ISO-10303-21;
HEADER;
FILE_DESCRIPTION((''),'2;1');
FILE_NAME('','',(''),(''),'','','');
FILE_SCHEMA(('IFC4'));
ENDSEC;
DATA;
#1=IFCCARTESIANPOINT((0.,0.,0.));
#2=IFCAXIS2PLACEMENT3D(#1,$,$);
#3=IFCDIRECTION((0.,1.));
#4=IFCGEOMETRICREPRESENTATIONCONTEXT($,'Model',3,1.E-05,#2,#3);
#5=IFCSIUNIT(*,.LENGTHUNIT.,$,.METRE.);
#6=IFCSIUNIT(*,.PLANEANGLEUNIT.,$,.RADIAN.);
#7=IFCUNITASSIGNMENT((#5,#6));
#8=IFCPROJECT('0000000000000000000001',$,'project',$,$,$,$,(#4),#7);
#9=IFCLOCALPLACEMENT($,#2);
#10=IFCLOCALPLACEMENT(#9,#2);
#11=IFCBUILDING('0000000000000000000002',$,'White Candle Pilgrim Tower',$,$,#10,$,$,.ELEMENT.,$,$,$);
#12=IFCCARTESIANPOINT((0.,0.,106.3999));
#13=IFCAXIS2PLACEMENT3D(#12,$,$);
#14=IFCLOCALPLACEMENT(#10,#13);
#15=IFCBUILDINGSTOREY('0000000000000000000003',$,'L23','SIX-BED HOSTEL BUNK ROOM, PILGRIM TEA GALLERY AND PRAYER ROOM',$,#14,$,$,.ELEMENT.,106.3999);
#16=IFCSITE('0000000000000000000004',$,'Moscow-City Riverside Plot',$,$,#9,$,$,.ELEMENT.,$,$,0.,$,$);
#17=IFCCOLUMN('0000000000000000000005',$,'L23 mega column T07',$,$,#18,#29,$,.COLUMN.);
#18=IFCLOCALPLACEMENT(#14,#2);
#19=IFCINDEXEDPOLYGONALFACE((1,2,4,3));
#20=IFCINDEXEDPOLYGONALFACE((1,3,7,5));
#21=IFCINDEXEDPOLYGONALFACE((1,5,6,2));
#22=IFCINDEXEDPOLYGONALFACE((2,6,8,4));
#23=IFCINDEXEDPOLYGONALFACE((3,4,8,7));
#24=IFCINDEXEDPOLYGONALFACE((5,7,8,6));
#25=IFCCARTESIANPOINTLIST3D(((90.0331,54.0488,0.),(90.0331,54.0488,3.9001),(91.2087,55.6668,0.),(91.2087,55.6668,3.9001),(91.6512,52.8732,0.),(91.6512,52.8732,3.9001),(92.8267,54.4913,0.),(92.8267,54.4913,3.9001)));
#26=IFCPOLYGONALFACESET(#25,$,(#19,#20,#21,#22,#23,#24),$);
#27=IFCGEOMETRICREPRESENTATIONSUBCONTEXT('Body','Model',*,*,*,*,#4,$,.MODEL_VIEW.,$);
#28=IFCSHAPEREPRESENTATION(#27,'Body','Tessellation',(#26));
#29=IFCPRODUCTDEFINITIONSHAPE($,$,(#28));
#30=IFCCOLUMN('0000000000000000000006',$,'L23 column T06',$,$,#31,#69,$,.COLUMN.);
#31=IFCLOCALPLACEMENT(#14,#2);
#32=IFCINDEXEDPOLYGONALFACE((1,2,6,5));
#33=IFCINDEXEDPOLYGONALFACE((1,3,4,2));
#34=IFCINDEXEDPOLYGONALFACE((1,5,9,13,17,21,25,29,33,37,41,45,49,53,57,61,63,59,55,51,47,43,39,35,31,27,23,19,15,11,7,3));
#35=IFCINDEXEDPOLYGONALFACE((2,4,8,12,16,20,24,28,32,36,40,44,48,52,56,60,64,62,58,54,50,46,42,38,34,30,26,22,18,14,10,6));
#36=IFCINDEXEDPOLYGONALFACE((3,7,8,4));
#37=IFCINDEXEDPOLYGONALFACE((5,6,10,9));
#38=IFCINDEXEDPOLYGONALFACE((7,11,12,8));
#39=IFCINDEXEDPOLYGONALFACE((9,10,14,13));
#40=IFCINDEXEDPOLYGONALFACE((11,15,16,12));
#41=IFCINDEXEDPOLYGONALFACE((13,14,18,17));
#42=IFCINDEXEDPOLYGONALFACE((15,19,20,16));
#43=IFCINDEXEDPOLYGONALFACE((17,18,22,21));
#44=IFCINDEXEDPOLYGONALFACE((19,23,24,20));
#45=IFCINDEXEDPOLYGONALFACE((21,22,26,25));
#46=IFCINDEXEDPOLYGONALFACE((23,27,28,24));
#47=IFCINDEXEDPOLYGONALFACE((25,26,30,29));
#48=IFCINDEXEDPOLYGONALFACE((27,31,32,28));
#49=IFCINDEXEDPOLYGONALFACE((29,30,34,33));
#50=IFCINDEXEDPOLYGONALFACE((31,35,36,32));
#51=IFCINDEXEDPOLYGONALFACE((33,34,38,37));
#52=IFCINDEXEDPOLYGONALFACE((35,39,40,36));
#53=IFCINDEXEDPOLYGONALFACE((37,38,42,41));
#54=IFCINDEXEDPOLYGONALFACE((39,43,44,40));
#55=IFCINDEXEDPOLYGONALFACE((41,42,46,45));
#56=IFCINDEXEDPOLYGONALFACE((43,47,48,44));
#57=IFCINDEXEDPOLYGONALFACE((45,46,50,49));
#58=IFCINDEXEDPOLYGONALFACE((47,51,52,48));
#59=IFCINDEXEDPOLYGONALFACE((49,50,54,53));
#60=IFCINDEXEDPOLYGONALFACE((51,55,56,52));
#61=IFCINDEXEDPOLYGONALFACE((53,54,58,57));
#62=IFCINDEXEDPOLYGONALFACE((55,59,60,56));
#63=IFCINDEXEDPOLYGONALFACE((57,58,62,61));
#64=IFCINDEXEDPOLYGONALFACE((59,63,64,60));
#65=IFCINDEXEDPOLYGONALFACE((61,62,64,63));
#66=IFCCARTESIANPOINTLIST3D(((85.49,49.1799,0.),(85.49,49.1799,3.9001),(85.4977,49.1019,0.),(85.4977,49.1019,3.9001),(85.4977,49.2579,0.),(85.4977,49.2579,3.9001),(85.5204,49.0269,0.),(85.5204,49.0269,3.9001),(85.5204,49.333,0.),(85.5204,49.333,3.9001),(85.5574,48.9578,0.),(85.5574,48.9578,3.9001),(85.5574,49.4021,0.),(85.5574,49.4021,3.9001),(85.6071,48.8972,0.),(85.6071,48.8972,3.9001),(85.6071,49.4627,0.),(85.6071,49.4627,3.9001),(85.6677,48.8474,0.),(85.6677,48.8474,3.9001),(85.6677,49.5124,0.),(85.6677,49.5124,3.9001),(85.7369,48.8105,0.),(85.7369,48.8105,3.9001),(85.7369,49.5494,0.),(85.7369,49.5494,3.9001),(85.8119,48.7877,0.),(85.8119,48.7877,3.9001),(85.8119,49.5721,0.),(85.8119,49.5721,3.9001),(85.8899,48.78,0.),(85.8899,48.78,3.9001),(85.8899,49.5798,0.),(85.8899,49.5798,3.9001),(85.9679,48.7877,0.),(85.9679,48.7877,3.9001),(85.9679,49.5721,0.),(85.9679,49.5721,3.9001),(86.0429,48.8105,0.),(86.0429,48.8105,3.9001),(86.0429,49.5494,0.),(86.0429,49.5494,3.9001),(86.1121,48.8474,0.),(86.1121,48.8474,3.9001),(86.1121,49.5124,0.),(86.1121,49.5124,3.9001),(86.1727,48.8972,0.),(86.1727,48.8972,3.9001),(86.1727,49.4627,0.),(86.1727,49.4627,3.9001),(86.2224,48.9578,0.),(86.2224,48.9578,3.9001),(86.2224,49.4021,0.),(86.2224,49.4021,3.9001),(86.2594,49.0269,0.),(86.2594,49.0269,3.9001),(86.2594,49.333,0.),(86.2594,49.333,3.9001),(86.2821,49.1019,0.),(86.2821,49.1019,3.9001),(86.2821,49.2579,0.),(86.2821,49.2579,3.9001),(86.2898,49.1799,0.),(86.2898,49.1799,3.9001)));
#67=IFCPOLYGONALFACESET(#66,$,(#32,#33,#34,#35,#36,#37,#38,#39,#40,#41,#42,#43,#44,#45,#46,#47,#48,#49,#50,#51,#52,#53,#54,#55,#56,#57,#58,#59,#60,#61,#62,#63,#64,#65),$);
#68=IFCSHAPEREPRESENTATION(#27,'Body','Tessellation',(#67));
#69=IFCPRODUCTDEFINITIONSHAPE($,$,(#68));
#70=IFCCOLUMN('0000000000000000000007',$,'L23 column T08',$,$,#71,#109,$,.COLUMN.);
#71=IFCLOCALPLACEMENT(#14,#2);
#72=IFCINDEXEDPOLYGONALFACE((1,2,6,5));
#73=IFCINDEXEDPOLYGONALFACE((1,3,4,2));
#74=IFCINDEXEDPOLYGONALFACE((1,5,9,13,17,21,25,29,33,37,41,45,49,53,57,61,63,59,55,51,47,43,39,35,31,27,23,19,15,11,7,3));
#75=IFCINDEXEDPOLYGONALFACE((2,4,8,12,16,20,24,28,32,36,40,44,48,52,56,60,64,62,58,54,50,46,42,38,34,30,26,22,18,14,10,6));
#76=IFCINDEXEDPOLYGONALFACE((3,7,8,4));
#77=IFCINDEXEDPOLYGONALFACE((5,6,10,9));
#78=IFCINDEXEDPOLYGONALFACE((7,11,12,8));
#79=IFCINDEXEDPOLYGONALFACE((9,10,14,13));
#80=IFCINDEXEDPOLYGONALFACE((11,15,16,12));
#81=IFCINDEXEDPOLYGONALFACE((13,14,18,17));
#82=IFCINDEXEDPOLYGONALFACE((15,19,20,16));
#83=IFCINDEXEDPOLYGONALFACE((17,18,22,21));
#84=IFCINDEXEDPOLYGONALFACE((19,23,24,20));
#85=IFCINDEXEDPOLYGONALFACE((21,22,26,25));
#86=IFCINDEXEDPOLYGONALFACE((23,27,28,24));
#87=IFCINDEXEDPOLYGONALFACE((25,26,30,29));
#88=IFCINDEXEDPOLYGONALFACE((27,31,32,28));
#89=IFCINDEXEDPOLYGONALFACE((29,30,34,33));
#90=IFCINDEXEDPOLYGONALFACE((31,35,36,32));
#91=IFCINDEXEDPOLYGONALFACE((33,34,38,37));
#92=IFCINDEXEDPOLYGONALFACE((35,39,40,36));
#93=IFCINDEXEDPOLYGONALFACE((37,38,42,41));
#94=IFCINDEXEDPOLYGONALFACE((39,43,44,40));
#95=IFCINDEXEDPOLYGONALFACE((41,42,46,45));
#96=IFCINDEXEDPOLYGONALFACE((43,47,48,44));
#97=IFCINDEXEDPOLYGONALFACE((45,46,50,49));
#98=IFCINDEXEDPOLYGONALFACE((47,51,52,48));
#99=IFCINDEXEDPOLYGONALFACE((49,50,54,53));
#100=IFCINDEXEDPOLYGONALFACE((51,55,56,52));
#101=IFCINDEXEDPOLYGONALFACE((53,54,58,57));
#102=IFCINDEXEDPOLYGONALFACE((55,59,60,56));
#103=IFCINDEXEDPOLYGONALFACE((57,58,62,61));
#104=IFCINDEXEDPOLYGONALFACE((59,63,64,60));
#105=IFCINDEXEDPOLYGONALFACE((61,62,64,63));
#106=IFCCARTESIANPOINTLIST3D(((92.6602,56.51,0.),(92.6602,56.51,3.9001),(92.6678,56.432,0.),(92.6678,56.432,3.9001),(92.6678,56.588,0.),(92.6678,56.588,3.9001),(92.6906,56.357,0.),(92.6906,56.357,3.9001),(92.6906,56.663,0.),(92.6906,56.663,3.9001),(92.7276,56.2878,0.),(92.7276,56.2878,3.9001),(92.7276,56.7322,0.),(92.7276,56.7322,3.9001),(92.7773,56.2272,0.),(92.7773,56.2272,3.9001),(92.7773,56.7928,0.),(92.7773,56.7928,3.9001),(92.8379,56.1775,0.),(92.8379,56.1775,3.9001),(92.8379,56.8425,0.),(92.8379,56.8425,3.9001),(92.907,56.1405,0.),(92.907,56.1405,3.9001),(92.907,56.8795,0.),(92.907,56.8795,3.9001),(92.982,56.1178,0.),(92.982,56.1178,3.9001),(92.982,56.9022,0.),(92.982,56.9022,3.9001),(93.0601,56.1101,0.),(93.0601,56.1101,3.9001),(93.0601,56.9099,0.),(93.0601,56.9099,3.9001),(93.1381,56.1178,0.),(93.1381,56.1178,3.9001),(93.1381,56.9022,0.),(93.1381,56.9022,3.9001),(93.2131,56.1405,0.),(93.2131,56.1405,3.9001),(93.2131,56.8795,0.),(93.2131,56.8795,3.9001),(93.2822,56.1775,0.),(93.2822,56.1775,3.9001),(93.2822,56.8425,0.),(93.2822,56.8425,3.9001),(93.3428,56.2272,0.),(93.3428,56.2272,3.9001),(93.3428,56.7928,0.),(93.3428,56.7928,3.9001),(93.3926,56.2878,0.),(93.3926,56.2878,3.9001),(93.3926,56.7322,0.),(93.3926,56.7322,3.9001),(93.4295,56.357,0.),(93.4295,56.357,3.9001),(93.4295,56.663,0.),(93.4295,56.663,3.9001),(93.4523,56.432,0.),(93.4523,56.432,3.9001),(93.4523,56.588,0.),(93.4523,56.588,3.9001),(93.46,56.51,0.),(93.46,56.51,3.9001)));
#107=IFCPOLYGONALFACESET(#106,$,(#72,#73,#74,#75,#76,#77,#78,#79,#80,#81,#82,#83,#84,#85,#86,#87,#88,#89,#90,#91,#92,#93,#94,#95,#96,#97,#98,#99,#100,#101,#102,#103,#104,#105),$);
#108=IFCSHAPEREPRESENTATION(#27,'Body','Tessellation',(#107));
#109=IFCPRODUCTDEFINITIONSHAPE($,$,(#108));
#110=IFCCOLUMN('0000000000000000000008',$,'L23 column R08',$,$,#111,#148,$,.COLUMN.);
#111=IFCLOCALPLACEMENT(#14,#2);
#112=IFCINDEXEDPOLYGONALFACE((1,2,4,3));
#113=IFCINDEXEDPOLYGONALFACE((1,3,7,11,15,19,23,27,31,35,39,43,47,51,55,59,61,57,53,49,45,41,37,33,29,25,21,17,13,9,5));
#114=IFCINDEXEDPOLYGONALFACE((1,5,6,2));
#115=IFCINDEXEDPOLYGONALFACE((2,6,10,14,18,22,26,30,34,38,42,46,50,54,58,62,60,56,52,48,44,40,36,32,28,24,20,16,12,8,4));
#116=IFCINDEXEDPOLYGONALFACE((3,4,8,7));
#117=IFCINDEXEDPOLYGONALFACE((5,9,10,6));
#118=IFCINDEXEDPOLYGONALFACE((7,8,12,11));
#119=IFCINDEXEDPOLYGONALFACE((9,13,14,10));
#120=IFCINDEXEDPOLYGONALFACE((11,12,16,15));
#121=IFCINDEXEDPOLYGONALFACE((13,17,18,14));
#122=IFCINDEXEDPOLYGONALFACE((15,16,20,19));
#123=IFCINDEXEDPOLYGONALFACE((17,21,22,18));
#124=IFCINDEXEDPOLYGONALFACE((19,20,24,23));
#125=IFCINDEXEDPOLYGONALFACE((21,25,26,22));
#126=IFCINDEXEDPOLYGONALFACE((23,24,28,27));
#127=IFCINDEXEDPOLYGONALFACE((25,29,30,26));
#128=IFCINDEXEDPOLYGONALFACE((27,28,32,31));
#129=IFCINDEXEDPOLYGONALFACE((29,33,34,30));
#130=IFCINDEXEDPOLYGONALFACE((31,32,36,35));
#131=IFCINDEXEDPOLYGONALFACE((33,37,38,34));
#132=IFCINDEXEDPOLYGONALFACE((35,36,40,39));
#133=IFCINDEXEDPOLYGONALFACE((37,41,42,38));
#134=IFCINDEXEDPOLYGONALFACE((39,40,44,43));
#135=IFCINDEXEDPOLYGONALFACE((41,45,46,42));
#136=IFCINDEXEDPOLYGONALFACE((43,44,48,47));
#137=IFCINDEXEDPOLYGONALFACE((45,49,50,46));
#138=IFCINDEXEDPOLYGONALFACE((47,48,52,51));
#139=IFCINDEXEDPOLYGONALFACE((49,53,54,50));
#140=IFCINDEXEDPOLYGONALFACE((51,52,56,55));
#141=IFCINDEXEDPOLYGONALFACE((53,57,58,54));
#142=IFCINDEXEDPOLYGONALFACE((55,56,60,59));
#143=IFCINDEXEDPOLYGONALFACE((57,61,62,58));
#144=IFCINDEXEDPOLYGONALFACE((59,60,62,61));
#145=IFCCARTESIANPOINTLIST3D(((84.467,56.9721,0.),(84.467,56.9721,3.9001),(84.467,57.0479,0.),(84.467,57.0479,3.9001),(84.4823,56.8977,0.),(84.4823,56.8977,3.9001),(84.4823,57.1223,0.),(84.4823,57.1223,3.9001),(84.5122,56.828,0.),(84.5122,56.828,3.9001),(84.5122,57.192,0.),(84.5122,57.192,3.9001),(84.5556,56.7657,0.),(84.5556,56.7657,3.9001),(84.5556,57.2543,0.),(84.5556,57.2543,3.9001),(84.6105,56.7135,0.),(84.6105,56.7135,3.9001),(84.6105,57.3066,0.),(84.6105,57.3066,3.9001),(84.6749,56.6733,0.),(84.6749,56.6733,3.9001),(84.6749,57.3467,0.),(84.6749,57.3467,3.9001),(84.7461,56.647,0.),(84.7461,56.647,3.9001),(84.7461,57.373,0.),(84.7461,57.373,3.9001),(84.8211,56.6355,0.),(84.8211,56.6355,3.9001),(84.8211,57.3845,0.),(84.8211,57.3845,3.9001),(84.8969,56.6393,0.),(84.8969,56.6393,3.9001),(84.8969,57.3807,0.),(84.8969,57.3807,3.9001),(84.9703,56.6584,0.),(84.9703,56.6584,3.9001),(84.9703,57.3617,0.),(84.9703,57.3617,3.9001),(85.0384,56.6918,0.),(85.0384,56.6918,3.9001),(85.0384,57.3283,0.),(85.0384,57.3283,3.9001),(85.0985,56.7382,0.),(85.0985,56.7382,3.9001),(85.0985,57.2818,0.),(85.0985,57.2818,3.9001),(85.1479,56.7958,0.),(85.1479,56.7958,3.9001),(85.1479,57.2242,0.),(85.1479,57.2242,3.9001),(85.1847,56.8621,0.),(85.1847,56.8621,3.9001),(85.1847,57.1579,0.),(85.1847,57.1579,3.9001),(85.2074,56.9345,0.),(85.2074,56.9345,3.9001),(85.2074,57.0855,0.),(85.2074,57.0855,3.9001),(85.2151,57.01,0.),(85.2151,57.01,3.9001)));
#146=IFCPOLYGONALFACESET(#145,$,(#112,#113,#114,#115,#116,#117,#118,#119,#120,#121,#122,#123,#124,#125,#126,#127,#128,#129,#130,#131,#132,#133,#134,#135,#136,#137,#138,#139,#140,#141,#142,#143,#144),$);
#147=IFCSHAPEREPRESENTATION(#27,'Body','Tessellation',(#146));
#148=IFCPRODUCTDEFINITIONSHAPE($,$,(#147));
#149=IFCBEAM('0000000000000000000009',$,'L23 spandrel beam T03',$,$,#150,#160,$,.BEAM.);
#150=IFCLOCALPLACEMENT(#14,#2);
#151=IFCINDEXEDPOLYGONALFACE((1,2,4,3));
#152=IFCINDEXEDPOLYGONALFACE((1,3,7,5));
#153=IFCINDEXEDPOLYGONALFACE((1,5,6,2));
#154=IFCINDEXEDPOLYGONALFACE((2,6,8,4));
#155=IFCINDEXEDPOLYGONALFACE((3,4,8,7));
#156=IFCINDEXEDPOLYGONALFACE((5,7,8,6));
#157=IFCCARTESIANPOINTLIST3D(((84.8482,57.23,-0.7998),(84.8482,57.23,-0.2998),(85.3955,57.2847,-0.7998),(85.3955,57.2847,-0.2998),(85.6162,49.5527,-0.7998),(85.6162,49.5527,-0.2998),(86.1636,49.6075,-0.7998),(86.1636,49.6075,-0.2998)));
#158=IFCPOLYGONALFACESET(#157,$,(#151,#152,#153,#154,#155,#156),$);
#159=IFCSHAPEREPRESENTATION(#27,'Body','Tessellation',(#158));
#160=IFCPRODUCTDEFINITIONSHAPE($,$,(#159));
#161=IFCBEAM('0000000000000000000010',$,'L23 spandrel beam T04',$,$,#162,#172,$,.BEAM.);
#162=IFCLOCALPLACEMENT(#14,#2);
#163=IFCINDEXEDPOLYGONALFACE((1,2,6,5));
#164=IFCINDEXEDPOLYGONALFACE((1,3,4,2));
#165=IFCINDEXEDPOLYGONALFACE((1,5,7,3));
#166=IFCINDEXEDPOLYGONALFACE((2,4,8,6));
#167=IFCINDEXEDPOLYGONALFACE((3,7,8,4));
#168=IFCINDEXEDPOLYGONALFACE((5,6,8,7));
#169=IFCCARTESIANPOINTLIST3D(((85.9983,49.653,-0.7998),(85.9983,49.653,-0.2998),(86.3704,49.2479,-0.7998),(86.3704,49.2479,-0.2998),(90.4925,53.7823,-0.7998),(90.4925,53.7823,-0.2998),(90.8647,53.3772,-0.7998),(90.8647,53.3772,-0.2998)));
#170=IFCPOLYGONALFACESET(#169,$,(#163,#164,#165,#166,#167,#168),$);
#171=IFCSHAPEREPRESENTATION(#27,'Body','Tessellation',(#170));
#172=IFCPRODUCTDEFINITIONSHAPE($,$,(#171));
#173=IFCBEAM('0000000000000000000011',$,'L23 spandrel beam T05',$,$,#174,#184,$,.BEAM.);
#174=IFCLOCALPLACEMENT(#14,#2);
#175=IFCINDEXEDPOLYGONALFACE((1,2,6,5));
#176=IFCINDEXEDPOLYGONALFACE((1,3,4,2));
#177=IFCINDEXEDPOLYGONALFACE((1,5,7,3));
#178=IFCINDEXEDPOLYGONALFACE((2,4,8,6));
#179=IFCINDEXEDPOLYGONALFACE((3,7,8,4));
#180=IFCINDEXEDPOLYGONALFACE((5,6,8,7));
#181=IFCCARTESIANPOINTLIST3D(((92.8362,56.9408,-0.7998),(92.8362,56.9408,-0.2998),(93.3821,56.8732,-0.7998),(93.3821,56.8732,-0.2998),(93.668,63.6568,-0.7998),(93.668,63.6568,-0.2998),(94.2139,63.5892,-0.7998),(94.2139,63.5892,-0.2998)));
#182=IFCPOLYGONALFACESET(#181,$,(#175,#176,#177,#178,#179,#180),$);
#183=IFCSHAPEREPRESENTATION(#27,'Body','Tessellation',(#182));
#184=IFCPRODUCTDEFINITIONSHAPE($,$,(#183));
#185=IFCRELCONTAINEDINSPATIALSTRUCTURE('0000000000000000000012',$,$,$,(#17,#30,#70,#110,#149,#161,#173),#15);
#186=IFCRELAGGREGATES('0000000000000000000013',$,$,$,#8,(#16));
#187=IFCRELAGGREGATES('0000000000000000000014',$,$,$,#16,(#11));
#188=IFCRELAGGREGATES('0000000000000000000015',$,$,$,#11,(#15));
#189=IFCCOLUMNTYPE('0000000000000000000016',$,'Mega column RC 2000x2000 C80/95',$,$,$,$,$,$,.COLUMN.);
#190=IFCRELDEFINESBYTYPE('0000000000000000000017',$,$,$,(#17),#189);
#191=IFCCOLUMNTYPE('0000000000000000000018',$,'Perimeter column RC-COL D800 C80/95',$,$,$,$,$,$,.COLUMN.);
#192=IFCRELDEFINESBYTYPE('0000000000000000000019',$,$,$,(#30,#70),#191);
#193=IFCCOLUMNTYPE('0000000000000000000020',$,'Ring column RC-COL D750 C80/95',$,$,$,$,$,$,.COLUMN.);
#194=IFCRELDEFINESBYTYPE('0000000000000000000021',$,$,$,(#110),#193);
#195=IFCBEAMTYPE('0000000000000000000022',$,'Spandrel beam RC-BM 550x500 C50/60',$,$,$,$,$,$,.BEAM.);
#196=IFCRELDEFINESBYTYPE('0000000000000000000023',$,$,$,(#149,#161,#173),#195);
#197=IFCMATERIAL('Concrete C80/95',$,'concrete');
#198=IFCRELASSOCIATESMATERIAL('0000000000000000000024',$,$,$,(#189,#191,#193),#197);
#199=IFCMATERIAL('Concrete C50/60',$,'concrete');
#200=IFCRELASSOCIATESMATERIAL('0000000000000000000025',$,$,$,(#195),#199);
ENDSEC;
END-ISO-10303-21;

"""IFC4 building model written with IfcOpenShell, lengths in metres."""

from ifc_helpers import new_model, si_unit, direction, frame, origin, origin_2d, place, context, subcontext, project, spatial, rectangle, circle, extrude, material, material_profile, profile_set, type_object, element, save


model = new_model("IFC4")

# Units and contexts
model_context = context("Model", 3, precision=1e-05, world=origin(), true_north=direction((0.0, 1.0)))
body_context = subcontext(model_context, "Body", "Model", "MODEL_VIEW")
ifc_project = project(units=[si_unit("LENGTHUNIT", "METRE"), si_unit("PLANEANGLEUNIT", "RADIAN")], contexts=[model_context])

# Site, building, storey
site_placement = place(None, origin())
site = spatial("IfcSite", under=ifc_project, at=site_placement, Name="Moscow-City Riverside Plot", CompositionType="ELEMENT", RefElevation=0.0)
building_placement = place(site_placement, origin())
building = spatial("IfcBuilding", under=site, at=building_placement, Name="White Candle Pilgrim Tower", CompositionType="ELEMENT")
storey_placement = place(building_placement, frame((0.0, 0.0, 106.3999)))
storey = spatial("IfcBuildingStorey", under=building, at=storey_placement, Name="L23", Description="SIX-BED HOSTEL BUNK ROOM, PILGRIM TEA GALLERY AND PRAYER ROOM", CompositionType="ELEMENT", Elevation=106.3999)

# Columns
ifc_material_1 = material(Name="Concrete C80/95", Category="concrete")
ifc_material_profile_1 = material_profile(ifc_material_1, rectangle(XDim=2.0, YDim=2.0, at=origin_2d()), Name="RC 2000x2000")
ifc_profile_set_1 = profile_set([ifc_material_profile_1], Name="Concrete C80/95")
column_type_1 = type_object("IfcColumnType", Name="Mega column RC 2000x2000 C80/95", PredefinedType="COLUMN", material=ifc_profile_set_1)
column_1_placement = place(storey_placement, frame((91.4299, 54.27, 0.0), z_axis=(0.0, 0.0, 1.0), x_axis=(0.809017, -0.587785, 0.0)))
element("IfcColumn", 1, at=column_1_placement, inside=storey, type_object=column_type_1, Name="L23 mega column T07", PredefinedType="COLUMN", context=body_context, shape_type="SweptSolid", body=[
    extrude(rectangle(XDim=2.0, YDim=2.0, at=origin_2d()), origin(), (0.0, 0.0, 1.0), 3.9001),
])
ifc_material_profile_2 = material_profile(ifc_material_1, circle(Radius=0.3999, at=origin_2d()), Name="RC-COL D800")
ifc_profile_set_2 = profile_set([ifc_material_profile_2], Name="Concrete C80/95")
column_type_2 = type_object("IfcColumnType", Name="Perimeter column RC-COL D800 C80/95", PredefinedType="COLUMN", material=ifc_profile_set_2)
for number, where, z_axis, x_axis, name in (
    (2, (85.8899, 49.1799, 0.0), (0.0, 0.0, 1.0), (1.0, 0.0, 0.0), "L23 column T06"),
    (3, (93.0601, 56.51, 0.0), (0.0, 0.0, 1.0), (1.0, 0.0, 0.0), "L23 column T08"),
):
    element("IfcColumn", number, at=place(storey_placement, frame(where, z_axis=z_axis, x_axis=x_axis)), inside=storey, type_object=column_type_2, Name=name, PredefinedType="COLUMN", context=body_context, shape_type="SweptSolid", body=[
        extrude(circle(Radius=0.3999, at=origin_2d()), origin(), (0.0, 0.0, 1.0), 3.9001),
    ])
ifc_material_profile_3 = material_profile(ifc_material_1, circle(Radius=0.375, at=origin_2d()), Name="RC-COL D750")
ifc_profile_set_3 = profile_set([ifc_material_profile_3], Name="Concrete C80/95")
column_type_3 = type_object("IfcColumnType", Name="Ring column RC-COL D750 C80/95", PredefinedType="COLUMN", material=ifc_profile_set_3)
column_2_placement = place(storey_placement, frame((84.8401, 57.01, 0.0), z_axis=(0.0, 0.0, 1.0), x_axis=(1.0, 0.0, 0.0)))
element("IfcColumn", 4, at=column_2_placement, inside=storey, type_object=column_type_3, Name="L23 column R08", PredefinedType="COLUMN", context=body_context, shape_type="SweptSolid", body=[
    extrude(circle(Radius=0.375, at=origin_2d()), origin(), (0.0, 0.0, 1.0), 3.9001),
])

# Beams
ifc_material_2 = material(Name="Concrete C50/60", Category="concrete")
ifc_material_profile_4 = material_profile(ifc_material_2, rectangle(XDim=0.55, YDim=0.5, at=origin_2d()), Name="RC-BM 550x500")
ifc_profile_set_4 = profile_set([ifc_material_profile_4], Name="Concrete C50/60")
beam_type = type_object("IfcBeamType", Name="Spandrel beam RC-BM 550x500 C50/60", PredefinedType="BEAM", material=ifc_profile_set_4)
beam_1_placement = place(storey_placement, frame((85.8899, 49.5801, -0.5498), z_axis=(-0.099548, 0.995033, 0.0), x_axis=(-0.995033, -0.099548, 0.0)))
element("IfcBeam", 5, at=beam_1_placement, inside=storey, type_object=beam_type, Name="L23 spandrel beam T03", PredefinedType="BEAM", context=body_context, shape_type="SweptSolid", body=[
    extrude(rectangle(XDim=0.55, YDim=0.5, at=origin_2d()), origin(), (0.0, 0.0, 1.0), 7.7156),
])
beam_2_placement = place(storey_placement, frame((86.1843, 49.4504, -0.5498), z_axis=(0.736375, 0.676574, 0.0), x_axis=(-0.676574, 0.736375, 0.0)))
element("IfcBeam", 6, at=beam_2_placement, inside=storey, type_object=beam_type, Name="L23 spandrel beam T04", PredefinedType="BEAM", context=body_context, shape_type="SweptSolid", body=[
    extrude(rectangle(XDim=0.55, YDim=0.5, at=origin_2d()), origin(), (0.0, 0.0, 1.0), 6.1033),
])
beam_3_placement = place(storey_placement, frame((93.1091, 56.907, -0.5498), z_axis=(0.122911, 0.992418, 0.0), x_axis=(-0.992418, 0.122911, 0.0)))
element("IfcBeam", 7, at=beam_3_placement, inside=storey, type_object=beam_type, Name="L23 spandrel beam T05", PredefinedType="BEAM", context=body_context, shape_type="SweptSolid", body=[
    extrude(rectangle(XDim=0.55, YDim=0.5, at=origin_2d()), origin(), (0.0, 0.0, 1.0), 6.7673),
])

save(model, "model.ifc")
